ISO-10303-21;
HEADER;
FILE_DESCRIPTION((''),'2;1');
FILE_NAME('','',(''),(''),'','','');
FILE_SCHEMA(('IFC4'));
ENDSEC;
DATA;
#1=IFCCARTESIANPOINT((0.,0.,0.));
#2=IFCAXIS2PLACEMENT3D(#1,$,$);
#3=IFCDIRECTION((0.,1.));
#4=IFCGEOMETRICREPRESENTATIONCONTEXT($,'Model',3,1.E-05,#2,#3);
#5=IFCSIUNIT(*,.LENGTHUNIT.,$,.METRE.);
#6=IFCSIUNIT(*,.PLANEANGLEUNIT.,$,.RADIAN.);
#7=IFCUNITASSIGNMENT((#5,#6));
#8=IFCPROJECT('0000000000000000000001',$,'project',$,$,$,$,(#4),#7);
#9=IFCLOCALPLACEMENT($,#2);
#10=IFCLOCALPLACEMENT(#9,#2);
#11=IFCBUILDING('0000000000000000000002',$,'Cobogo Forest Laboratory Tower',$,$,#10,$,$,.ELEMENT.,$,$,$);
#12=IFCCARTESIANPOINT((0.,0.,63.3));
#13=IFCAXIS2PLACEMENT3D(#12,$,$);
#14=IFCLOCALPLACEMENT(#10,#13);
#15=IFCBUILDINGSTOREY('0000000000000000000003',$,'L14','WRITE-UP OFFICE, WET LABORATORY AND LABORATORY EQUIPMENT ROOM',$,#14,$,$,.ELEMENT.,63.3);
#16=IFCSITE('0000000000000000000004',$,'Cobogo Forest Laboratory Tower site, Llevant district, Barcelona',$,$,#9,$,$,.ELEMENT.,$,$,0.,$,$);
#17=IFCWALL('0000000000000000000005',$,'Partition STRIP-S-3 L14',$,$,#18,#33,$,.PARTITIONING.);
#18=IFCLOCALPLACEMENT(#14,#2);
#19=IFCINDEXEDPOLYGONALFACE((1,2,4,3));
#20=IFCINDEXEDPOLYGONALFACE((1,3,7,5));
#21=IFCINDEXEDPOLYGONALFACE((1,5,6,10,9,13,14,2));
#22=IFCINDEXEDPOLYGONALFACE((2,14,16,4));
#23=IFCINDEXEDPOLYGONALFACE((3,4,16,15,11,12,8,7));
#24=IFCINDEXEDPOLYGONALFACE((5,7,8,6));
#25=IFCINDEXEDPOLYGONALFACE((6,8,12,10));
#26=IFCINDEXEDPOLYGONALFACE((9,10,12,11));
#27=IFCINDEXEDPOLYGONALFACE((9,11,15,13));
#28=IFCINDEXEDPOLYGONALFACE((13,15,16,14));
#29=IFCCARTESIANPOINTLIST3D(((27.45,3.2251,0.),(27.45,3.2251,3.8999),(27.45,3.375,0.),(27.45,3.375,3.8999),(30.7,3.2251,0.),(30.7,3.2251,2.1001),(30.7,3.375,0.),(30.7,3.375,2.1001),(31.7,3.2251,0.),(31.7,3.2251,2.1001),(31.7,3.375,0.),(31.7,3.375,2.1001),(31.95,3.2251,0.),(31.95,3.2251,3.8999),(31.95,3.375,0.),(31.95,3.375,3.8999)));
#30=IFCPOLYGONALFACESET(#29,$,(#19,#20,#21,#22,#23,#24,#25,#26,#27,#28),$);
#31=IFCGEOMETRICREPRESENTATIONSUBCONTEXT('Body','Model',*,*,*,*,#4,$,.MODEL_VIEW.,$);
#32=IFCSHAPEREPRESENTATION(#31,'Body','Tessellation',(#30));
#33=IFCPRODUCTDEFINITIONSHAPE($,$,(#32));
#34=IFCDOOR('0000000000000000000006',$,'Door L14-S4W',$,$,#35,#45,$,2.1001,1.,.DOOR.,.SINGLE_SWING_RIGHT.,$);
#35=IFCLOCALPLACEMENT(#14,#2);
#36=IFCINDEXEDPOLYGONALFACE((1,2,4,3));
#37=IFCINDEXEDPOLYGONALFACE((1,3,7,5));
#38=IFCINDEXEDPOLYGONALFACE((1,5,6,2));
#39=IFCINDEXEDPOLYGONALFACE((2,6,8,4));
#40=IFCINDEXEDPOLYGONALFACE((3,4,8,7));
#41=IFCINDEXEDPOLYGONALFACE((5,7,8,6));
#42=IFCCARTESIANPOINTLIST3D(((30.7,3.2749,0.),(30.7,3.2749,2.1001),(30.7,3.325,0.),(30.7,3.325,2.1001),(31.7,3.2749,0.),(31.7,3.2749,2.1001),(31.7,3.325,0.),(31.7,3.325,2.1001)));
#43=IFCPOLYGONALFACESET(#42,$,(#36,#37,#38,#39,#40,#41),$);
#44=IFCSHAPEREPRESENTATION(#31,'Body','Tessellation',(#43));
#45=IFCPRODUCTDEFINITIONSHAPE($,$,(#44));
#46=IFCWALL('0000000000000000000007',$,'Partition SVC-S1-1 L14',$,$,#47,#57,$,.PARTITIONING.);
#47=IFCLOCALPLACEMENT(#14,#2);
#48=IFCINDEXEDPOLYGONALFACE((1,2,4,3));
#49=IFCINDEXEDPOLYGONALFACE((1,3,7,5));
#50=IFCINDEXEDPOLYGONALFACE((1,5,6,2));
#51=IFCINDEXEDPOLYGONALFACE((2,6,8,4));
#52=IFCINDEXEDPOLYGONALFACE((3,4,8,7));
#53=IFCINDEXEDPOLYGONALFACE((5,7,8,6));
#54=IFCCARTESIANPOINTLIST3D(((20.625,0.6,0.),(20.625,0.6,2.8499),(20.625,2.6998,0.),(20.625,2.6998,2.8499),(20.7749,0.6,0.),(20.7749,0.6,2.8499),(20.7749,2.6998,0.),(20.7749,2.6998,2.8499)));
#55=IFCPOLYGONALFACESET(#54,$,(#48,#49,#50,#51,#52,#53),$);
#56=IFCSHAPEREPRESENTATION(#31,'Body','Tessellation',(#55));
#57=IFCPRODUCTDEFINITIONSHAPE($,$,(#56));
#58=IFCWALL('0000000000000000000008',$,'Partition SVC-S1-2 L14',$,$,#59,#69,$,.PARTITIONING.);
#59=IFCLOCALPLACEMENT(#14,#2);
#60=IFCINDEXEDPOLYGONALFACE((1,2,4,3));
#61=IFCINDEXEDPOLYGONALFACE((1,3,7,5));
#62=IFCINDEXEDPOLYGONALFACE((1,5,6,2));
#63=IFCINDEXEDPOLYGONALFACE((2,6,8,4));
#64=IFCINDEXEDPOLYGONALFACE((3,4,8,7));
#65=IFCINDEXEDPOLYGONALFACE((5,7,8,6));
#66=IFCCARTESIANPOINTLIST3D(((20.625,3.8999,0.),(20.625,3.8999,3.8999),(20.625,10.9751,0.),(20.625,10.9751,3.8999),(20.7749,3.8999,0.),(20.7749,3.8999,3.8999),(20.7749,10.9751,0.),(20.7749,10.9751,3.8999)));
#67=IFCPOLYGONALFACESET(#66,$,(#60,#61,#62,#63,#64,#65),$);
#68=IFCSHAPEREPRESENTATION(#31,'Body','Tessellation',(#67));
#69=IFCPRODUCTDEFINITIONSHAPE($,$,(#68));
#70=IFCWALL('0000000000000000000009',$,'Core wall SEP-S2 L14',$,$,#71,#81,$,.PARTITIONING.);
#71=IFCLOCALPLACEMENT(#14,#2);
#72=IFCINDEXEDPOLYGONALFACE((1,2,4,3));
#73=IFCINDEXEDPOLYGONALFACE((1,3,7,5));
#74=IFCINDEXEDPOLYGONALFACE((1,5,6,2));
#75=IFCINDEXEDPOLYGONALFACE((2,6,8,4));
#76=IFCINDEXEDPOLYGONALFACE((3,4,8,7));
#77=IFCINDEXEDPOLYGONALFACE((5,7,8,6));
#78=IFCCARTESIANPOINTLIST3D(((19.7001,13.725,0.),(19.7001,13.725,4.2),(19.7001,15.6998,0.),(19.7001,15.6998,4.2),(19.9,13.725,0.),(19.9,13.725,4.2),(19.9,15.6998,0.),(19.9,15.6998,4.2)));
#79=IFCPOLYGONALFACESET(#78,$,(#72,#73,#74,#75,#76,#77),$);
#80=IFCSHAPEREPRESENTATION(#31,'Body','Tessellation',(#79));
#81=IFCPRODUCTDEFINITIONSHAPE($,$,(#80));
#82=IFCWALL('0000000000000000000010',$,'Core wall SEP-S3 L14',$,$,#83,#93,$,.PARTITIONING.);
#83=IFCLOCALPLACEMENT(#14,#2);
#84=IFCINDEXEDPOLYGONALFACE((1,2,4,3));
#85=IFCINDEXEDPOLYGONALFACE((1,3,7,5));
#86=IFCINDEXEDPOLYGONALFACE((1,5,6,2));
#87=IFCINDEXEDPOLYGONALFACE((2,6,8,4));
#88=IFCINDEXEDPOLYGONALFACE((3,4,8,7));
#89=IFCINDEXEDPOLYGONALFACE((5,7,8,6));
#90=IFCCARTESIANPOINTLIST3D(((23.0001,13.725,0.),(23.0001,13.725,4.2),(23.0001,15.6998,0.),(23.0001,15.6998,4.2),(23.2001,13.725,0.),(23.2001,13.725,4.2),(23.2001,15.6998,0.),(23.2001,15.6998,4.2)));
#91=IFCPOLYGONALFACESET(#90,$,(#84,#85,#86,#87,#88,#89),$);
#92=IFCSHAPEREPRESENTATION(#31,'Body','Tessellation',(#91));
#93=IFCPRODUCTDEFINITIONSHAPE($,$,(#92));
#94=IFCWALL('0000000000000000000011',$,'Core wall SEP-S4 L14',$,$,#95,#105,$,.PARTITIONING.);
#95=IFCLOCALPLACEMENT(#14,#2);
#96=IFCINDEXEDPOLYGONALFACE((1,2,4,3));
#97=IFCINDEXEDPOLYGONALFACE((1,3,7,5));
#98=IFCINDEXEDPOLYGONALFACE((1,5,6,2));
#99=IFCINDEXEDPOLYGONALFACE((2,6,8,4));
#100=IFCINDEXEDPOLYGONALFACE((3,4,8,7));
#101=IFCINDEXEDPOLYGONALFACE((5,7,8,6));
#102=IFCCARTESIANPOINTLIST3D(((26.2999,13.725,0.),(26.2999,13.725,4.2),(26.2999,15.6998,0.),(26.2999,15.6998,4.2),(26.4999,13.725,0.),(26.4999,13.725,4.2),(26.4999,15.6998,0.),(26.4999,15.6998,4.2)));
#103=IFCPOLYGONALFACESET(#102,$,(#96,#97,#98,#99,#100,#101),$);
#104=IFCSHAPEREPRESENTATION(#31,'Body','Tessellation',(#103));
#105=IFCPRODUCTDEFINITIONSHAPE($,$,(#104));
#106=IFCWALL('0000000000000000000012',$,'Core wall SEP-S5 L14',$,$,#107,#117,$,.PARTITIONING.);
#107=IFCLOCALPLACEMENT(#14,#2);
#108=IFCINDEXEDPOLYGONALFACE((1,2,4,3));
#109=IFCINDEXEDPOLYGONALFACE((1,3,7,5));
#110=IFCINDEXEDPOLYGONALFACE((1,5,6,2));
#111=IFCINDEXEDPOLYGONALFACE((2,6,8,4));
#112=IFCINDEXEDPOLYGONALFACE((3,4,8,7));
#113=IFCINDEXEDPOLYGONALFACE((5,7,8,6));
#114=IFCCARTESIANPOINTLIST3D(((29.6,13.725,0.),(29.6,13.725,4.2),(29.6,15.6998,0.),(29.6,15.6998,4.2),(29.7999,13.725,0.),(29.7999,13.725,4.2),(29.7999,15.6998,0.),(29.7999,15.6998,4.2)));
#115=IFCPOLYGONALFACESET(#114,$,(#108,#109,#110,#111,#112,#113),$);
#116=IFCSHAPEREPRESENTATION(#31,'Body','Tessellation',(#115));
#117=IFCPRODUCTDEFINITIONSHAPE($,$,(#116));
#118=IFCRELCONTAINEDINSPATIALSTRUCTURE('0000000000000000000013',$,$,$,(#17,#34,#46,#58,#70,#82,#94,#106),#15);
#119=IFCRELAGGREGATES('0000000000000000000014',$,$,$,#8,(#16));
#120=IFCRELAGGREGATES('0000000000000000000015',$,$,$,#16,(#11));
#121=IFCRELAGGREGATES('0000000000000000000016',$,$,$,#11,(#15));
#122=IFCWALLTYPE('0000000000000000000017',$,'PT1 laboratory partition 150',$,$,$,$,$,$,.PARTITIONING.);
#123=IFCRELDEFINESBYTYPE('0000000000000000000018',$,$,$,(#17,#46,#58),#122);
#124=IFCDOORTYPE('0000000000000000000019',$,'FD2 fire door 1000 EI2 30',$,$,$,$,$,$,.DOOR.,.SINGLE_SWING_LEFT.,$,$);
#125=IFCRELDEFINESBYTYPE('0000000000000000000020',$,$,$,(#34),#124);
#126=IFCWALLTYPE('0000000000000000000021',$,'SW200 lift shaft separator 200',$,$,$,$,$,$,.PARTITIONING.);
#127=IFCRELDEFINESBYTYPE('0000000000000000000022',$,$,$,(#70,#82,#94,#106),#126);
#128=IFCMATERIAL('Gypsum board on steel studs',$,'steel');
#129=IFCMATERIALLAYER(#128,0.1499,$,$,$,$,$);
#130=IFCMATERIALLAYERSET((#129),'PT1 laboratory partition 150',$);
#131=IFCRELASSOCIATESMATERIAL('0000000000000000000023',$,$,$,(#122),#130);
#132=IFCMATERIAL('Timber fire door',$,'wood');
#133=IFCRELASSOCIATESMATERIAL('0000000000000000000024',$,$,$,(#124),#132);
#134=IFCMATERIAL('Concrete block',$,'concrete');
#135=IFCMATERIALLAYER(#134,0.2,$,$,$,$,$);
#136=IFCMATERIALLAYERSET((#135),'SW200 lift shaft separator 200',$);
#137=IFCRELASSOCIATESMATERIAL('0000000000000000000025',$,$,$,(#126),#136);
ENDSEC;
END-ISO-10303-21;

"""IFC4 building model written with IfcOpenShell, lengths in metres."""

from ifc_helpers import new_model, si_unit, direction, frame, frame_2d, origin, place, context, subcontext, project, spatial, rectangle, extrude, material, layer, layer_set, type_object, element, fill, save


model = new_model("IFC4")

# Units and contexts
model_context = context("Model", 3, precision=1e-05, world=origin(), true_north=direction((0.0, 1.0)))
body_context = subcontext(model_context, "Body", "Model", "MODEL_VIEW")
ifc_project = project(units=[si_unit("LENGTHUNIT", "METRE"), si_unit("PLANEANGLEUNIT", "RADIAN")], contexts=[model_context])

# Site, building, storey
site_placement = place(None, origin())
site = spatial("IfcSite", under=ifc_project, at=site_placement, Name="Cobogo Forest Laboratory Tower site, Llevant district, Barcelona", CompositionType="ELEMENT", RefElevation=0.0)
building_placement = place(site_placement, origin())
building = spatial("IfcBuilding", under=site, at=building_placement, Name="Cobogo Forest Laboratory Tower", CompositionType="ELEMENT")
storey_placement = place(building_placement, frame((0.0, 0.0, 63.3)))
storey = spatial("IfcBuildingStorey", under=building, at=storey_placement, Name="L14", Description="WRITE-UP OFFICE, WET LABORATORY AND LABORATORY EQUIPMENT ROOM", CompositionType="ELEMENT", Elevation=63.3)

# Wall, opening, door
ifc_material_1 = material(Name="Gypsum board on steel studs", Category="steel")
ifc_layer_1 = layer(ifc_material_1, 0.1499)
ifc_layer_set_1 = layer_set([ifc_layer_1], Name="PT1 laboratory partition 150")
wall_type_1 = type_object("IfcWallType", Name="PT1 laboratory partition 150", PredefinedType="PARTITIONING", material=ifc_layer_set_1)
ifc_material_2 = material(Name="Timber fire door", Category="wood")
door_type = type_object("IfcDoorType", Name="FD2 fire door 1000 EI2 30", OperationType="SINGLE_SWING_LEFT", PredefinedType="DOOR", material=ifc_material_2)
wall_1_placement = place(storey_placement, frame((27.45, 3.3, 0.0), z_axis=(0.0, 0.0, 1.0), x_axis=(1.0, 0.0, 0.0)))
wall_1 = element("IfcWall", 1, at=wall_1_placement, inside=storey, type_object=wall_type_1, Name="Partition STRIP-S-3 L14", PredefinedType="PARTITIONING", context=body_context, shape_type="SweptSolid", body=[
    extrude(rectangle(XDim=4.5, YDim=0.1499, at=frame_2d((2.25, 0.0))), origin(), (0.0, 0.0, 1.0), 3.8999),
])
opening_1_placement = place(wall_1_placement, frame((3.25, 0.0, 0.0)))
opening_1 = element("IfcOpeningElement", 2, at=opening_1_placement, cuts=wall_1, PredefinedType="OPENING", context=body_context, shape_type="SweptSolid", body=[
    extrude(rectangle(XDim=1.0, YDim=2.1001, at=frame_2d((0.5, 1.05))), frame((0.0, 0.085, 0.0), z_axis=(0.0, -1.0, 0.0), x_axis=(1.0, 0.0, 0.0)), (0.0, 0.0, 1.0), 0.1699),
])
door_1_placement = place(opening_1_placement, origin())
door_1 = element("IfcDoor", 3, at=door_1_placement, inside=storey, type_object=door_type, Name="Door L14-S4W", OperationType="SINGLE_SWING_RIGHT", OverallHeight=2.1001, OverallWidth=1.0, PredefinedType="DOOR", context=body_context, shape_type="SweptSolid", body=[
    extrude(rectangle(XDim=1.0, YDim=2.1001, at=frame_2d((0.5, 1.05))), frame((0.0, 0.0249, 0.0), z_axis=(0.0, -1.0, 0.0), x_axis=(1.0, 0.0, 0.0)), (0.0, 0.0, 1.0), 0.05),
])
fill(opening_1, door_1)

# Walls
wall_2_placement = place(storey_placement, frame((20.7, 0.6001, 0.0), z_axis=(0.0, 0.0, 1.0), x_axis=(0.0, 1.0, 0.0)))
element("IfcWall", 4, at=wall_2_placement, inside=storey, type_object=wall_type_1, Name="Partition SVC-S1-1 L14", PredefinedType="PARTITIONING", context=body_context, shape_type="SweptSolid", body=[
    extrude(rectangle(XDim=2.0999, YDim=0.1499, at=frame_2d((1.0498, 0.0))), origin(), (0.0, 0.0, 1.0), 2.8499),
])
wall_3_placement = place(storey_placement, frame((20.7, 3.8999, 0.0), z_axis=(0.0, 0.0, 1.0), x_axis=(0.0, 1.0, 0.0)))
element("IfcWall", 5, at=wall_3_placement, inside=storey, type_object=wall_type_1, Name="Partition SVC-S1-2 L14", PredefinedType="PARTITIONING", context=body_context, shape_type="SweptSolid", body=[
    extrude(rectangle(XDim=7.0752, YDim=0.1499, at=frame_2d((3.5376, 0.0))), origin(), (0.0, 0.0, 1.0), 3.8999),
])
ifc_material_3 = material(Name="Concrete block", Category="concrete")
ifc_layer_2 = layer(ifc_material_3, 0.2)
ifc_layer_set_2 = layer_set([ifc_layer_2], Name="SW200 lift shaft separator 200")
wall_type_2 = type_object("IfcWallType", Name="SW200 lift shaft separator 200", PredefinedType="PARTITIONING", material=ifc_layer_set_2)
for number, where, z_axis, x_axis, name in (
    (6, (19.8, 13.7251, 0.0), (0.0, 0.0, 1.0), (0.0, 1.0, 0.0), "Core wall SEP-S2 L14"),
    (7, (23.1001, 13.7251, 0.0), (0.0, 0.0, 1.0), (0.0, 1.0, 0.0), "Core wall SEP-S3 L14"),
    (8, (26.3999, 13.7251, 0.0), (0.0, 0.0, 1.0), (0.0, 1.0, 0.0), "Core wall SEP-S4 L14"),
    (9, (29.7, 13.7251, 0.0), (0.0, 0.0, 1.0), (0.0, 1.0, 0.0), "Core wall SEP-S5 L14"),
):
    element("IfcWall", number, at=place(storey_placement, frame(where, z_axis=z_axis, x_axis=x_axis)), inside=storey, type_object=wall_type_2, Name=name, PredefinedType="PARTITIONING", context=body_context, shape_type="SweptSolid", body=[
        extrude(rectangle(XDim=1.9749, YDim=0.2, at=frame_2d((0.9873, 0.0))), origin(), (0.0, 0.0, 1.0), 4.2),
    ])

save(model, "model.ifc")
